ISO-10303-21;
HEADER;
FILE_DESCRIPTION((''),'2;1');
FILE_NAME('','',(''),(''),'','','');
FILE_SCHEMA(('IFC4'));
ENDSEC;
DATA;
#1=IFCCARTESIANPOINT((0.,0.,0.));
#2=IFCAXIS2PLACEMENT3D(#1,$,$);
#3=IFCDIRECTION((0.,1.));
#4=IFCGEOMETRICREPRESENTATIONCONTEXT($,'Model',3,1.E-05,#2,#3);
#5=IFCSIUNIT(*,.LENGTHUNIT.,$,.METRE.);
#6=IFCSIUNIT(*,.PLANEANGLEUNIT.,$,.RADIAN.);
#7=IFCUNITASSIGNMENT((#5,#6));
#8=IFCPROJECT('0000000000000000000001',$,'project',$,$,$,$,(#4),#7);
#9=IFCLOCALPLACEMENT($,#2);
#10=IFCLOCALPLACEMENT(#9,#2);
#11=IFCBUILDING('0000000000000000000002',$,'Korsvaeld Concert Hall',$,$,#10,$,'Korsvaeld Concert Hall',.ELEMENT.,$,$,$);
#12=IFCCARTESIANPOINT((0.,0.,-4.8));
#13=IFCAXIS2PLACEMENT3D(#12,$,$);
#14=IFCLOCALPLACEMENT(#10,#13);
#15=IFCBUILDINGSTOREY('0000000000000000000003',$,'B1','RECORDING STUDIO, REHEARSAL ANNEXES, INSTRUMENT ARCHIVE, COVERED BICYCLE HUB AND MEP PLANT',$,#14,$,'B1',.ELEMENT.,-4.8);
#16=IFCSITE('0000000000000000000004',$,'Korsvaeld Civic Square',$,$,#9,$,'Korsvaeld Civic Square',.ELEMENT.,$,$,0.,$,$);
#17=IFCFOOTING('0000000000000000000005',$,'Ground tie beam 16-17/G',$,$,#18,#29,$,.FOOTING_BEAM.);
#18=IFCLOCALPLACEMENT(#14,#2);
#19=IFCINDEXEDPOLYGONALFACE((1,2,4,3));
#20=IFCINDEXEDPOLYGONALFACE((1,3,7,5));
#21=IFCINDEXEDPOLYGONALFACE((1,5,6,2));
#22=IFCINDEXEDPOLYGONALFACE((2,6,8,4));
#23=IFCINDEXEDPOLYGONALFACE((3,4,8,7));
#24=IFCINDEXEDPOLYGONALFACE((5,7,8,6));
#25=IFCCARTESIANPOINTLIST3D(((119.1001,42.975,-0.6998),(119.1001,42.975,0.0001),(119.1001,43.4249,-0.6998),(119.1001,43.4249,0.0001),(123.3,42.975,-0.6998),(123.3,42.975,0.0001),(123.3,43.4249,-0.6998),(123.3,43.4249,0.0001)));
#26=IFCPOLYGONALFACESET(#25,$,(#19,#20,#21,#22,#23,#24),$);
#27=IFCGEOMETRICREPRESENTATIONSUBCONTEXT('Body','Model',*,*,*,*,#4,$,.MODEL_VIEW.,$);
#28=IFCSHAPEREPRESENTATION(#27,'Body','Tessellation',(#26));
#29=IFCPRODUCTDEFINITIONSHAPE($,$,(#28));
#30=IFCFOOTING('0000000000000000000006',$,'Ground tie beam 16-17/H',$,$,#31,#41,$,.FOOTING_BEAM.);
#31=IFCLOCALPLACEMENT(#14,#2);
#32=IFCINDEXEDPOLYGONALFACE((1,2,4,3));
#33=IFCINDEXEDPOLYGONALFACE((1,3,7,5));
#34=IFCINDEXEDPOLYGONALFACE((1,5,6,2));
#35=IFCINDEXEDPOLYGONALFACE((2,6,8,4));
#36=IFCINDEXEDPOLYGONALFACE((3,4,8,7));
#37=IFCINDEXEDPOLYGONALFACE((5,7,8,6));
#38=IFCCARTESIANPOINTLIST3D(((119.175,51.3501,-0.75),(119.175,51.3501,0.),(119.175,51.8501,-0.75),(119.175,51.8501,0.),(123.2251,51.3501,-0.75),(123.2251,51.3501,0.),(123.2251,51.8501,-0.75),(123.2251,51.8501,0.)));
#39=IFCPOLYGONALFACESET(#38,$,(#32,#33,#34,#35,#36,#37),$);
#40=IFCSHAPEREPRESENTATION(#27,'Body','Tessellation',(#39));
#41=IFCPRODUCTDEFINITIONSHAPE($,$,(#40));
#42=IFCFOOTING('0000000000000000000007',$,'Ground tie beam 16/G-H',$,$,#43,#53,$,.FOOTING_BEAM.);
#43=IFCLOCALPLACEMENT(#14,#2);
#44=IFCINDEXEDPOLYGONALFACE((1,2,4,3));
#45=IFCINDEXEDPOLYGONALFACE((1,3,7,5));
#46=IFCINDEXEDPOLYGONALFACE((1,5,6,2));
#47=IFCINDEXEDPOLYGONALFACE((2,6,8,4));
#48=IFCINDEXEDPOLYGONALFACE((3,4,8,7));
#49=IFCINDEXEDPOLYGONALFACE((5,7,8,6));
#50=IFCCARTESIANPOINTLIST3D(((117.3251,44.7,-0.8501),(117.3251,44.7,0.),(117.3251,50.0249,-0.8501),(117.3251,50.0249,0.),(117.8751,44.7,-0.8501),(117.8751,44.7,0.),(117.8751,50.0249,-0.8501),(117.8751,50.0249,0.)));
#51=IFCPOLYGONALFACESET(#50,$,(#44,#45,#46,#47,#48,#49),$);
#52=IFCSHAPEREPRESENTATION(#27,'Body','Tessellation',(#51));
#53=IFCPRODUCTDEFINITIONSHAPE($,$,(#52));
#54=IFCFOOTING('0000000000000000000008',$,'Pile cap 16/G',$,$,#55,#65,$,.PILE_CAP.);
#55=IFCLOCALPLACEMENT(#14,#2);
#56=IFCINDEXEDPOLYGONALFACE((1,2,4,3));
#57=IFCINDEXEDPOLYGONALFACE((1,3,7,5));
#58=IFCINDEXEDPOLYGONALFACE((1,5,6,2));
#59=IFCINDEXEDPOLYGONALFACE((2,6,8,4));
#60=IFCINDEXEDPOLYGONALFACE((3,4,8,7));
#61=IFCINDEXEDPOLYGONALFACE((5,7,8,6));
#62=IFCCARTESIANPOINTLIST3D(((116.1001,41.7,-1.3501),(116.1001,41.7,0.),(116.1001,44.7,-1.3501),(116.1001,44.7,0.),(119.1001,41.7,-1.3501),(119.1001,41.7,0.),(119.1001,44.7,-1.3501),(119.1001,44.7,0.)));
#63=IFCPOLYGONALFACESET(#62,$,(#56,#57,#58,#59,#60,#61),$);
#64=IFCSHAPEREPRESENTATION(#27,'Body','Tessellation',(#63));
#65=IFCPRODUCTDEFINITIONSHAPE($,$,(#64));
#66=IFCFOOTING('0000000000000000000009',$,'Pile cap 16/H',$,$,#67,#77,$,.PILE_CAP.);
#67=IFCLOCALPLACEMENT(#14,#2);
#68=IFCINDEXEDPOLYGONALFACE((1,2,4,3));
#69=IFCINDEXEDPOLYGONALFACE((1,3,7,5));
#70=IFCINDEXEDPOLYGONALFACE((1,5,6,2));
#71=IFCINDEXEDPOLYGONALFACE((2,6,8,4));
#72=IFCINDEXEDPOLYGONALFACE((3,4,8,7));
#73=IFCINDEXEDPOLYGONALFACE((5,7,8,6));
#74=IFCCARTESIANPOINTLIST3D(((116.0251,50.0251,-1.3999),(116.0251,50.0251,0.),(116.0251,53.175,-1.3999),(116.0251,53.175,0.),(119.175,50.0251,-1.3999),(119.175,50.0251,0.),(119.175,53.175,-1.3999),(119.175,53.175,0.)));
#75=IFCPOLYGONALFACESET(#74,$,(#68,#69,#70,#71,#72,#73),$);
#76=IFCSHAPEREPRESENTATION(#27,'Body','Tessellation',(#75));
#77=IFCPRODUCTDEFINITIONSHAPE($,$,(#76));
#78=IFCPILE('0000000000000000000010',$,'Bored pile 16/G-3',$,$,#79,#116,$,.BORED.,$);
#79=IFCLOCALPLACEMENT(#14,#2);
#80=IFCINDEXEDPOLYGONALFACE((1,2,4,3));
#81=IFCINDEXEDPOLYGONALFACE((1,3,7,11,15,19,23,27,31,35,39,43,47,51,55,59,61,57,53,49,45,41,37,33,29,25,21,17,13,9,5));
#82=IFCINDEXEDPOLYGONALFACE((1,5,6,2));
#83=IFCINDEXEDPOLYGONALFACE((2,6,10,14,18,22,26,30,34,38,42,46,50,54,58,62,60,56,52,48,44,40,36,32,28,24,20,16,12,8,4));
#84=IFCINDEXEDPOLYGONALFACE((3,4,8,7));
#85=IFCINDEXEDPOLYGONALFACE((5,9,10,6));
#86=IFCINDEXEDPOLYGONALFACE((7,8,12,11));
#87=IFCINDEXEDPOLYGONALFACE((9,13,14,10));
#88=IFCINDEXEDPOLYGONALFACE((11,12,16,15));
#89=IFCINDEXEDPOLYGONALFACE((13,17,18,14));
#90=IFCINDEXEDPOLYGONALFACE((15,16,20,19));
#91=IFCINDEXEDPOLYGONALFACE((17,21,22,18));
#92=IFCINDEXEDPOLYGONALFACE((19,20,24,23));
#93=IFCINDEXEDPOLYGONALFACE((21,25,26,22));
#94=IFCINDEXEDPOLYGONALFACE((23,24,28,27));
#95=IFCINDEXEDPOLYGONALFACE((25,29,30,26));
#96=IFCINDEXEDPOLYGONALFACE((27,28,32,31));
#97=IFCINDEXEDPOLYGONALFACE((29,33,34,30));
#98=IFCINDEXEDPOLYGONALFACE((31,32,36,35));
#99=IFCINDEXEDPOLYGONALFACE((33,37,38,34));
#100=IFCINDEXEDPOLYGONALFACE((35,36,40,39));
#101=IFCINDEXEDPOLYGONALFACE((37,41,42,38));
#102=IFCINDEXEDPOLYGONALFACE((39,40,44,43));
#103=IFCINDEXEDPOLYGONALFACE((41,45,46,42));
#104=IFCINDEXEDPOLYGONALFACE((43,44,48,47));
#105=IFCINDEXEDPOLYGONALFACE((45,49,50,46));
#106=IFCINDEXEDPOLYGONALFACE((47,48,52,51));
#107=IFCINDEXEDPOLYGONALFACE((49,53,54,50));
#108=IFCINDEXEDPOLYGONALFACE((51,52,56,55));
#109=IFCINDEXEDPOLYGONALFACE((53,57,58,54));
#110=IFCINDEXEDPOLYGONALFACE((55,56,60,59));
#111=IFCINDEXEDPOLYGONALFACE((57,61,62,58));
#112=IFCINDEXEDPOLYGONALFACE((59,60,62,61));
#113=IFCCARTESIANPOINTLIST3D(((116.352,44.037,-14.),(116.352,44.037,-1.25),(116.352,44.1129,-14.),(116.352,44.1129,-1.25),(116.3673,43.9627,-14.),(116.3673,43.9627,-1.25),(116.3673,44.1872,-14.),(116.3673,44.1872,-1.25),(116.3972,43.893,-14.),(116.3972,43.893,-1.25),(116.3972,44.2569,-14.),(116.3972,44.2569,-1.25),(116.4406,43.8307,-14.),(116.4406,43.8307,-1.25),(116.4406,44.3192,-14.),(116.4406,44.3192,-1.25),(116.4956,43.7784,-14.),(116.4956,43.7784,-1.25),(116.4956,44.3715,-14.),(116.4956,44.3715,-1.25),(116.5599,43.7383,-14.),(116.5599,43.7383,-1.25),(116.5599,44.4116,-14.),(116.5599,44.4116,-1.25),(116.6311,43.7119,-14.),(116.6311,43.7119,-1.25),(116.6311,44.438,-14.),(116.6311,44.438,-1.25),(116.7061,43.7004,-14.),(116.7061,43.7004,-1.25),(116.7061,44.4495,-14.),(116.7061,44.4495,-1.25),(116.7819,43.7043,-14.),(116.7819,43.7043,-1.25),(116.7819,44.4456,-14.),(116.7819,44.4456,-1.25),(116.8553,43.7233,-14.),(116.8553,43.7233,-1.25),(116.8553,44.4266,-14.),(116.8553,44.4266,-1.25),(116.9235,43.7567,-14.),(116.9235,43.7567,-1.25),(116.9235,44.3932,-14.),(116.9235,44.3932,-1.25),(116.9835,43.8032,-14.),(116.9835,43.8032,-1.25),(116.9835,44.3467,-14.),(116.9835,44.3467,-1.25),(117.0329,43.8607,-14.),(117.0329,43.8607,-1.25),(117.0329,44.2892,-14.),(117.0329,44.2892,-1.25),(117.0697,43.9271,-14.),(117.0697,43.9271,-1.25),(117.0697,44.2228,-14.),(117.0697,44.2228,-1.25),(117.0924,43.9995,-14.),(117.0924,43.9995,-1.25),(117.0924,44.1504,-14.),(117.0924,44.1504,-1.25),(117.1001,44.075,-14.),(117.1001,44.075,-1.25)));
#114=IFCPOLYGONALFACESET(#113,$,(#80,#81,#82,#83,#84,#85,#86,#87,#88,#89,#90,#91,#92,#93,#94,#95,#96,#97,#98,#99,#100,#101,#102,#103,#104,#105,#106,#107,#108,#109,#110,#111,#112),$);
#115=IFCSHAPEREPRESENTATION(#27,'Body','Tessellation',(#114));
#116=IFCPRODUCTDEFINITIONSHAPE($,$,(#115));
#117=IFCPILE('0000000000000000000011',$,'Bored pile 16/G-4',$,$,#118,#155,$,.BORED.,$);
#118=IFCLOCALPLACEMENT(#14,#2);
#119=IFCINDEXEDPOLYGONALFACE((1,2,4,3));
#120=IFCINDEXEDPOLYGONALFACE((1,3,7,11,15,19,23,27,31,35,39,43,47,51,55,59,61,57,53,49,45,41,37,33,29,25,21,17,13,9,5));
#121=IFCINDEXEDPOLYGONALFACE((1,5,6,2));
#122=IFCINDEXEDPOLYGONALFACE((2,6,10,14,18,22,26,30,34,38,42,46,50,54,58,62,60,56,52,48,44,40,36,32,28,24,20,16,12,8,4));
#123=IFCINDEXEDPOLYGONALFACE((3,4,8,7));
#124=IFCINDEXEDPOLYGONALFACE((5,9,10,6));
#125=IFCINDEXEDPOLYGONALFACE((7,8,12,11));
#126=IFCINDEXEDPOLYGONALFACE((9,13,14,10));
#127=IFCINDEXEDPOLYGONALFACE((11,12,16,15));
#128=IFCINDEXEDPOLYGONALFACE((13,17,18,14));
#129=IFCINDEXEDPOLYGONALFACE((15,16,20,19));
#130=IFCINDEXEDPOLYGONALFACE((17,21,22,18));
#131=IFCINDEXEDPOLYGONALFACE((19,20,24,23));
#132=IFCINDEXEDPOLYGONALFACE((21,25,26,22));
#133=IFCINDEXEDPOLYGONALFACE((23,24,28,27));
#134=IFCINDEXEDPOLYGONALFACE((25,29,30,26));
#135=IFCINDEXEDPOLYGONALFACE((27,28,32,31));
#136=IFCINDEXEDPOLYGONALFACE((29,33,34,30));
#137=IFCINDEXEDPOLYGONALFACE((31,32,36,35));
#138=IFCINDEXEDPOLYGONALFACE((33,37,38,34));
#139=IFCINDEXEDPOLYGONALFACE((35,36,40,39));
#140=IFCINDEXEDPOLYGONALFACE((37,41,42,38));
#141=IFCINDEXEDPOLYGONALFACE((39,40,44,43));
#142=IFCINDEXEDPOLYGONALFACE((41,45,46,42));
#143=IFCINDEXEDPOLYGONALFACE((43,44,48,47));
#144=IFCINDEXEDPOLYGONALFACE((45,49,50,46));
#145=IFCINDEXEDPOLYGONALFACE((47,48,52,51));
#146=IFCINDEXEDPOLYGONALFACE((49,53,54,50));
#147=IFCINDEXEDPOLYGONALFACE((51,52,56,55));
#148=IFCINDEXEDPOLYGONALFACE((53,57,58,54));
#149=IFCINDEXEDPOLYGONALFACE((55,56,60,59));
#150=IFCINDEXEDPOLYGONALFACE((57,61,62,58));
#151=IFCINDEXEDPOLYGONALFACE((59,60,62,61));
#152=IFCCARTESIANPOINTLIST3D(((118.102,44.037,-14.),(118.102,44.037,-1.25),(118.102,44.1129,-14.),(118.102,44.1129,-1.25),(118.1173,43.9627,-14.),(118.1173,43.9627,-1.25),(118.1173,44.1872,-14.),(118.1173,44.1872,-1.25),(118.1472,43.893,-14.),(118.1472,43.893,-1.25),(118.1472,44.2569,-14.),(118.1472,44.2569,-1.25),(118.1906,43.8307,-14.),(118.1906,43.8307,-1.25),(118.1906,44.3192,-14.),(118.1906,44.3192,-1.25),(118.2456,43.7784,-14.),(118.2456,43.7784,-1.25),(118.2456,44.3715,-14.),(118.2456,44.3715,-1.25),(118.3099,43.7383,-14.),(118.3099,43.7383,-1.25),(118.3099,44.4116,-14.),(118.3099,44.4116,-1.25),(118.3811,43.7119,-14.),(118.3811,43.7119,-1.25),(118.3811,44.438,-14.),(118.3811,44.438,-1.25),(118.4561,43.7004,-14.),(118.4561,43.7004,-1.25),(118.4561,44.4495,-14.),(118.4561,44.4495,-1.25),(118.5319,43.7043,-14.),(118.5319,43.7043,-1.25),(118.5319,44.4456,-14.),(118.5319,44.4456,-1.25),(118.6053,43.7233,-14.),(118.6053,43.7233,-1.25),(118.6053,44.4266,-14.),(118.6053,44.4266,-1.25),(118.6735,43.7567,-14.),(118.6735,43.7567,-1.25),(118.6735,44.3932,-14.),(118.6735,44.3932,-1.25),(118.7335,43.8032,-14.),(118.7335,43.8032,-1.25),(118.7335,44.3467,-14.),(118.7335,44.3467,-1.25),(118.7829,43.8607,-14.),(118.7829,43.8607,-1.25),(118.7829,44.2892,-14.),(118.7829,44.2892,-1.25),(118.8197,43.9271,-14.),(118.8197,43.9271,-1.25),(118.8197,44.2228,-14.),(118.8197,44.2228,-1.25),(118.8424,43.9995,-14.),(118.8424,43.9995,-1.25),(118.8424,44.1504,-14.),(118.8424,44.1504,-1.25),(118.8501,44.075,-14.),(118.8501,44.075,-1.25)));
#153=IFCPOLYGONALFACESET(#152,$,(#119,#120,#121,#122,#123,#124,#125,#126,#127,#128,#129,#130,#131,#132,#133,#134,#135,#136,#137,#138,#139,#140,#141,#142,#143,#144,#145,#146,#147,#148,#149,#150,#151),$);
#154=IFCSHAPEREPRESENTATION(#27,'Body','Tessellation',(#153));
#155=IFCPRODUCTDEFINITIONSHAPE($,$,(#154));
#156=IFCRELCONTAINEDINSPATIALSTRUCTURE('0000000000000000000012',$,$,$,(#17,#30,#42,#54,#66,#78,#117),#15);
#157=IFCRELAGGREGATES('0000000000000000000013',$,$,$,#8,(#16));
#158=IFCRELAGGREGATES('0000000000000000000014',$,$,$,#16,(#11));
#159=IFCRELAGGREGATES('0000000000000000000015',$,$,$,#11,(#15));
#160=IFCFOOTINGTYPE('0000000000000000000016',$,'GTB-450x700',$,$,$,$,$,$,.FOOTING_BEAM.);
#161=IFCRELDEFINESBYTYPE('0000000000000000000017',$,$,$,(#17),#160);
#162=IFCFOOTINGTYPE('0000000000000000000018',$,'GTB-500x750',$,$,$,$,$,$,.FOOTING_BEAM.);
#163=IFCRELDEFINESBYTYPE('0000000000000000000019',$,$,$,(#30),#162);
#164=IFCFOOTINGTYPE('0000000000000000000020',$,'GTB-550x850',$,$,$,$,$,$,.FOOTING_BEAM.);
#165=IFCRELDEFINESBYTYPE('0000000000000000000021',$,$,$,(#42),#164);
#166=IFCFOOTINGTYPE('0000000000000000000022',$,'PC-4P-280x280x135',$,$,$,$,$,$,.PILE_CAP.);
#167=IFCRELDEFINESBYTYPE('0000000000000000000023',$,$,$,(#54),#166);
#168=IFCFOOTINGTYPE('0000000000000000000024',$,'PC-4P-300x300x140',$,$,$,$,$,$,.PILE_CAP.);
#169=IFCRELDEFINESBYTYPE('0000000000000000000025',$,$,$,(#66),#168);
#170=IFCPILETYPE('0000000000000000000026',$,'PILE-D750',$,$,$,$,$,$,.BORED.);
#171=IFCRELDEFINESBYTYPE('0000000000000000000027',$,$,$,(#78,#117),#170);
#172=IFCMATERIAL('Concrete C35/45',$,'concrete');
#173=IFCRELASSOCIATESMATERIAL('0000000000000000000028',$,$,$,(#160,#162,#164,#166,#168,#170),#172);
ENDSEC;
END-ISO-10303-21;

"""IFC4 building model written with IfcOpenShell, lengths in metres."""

from ifc_helpers import new_model, si_unit, direction, frame, origin, origin_2d, place, context, subcontext, project, spatial, rectangle, circle, extrude, material, material_profile, profile_set, type_object, element, save


model = new_model("IFC4")

# Units and contexts
model_context = context("Model", 3, precision=1e-05, world=origin(), true_north=direction((0.0, 1.0)))
body_context = subcontext(model_context, "Body", "Model", "MODEL_VIEW")
ifc_project = project(units=[si_unit("LENGTHUNIT", "METRE"), si_unit("PLANEANGLEUNIT", "RADIAN")], contexts=[model_context])

# Site, building, storey
site_placement = place(None, origin())
site = spatial("IfcSite", under=ifc_project, at=site_placement, Name="Korsvaeld Civic Square", LongName="Korsvaeld Civic Square", CompositionType="ELEMENT", RefElevation=0.0)
building_placement = place(site_placement, origin())
building = spatial("IfcBuilding", under=site, at=building_placement, Name="Korsvaeld Concert Hall", LongName="Korsvaeld Concert Hall", CompositionType="ELEMENT")
storey_placement = place(building_placement, frame((0.0, 0.0, -4.8)))
storey = spatial("IfcBuildingStorey", under=building, at=storey_placement, Name="B1", Description="RECORDING STUDIO, REHEARSAL ANNEXES, INSTRUMENT ARCHIVE, COVERED BICYCLE HUB AND MEP PLANT", LongName="B1", CompositionType="ELEMENT", Elevation=-4.8)

# Footings
ifc_material_1 = material(Name="Concrete C35/45", Category="concrete")
ifc_material_profile_1 = material_profile(ifc_material_1, rectangle(XDim=0.45, YDim=0.7, at=origin_2d()), Name="GTB 450x700")
ifc_profile_set_1 = profile_set([ifc_material_profile_1], Name="Concrete C35/45")
footing_type_1 = type_object("IfcFootingType", Name="GTB-450x700", PredefinedType="FOOTING_BEAM", material=ifc_profile_set_1)
footing_1_placement = place(storey_placement, frame((119.1001, 43.2, -0.3499), z_axis=(1.0, 0.0, 0.0), x_axis=(0.0, 1.0, 0.0)))
element("IfcFooting", 1, at=footing_1_placement, inside=storey, type_object=footing_type_1, Name="Ground tie beam 16-17/G", PredefinedType="FOOTING_BEAM", context=body_context, shape_type="SweptSolid", body=[
    extrude(rectangle(XDim=0.45, YDim=0.7, at=origin_2d()), origin(), (0.0, 0.0, 1.0), 4.2),
])
ifc_material_profile_2 = material_profile(ifc_material_1, rectangle(XDim=0.5, YDim=0.75, at=origin_2d()), Name="GTB 500x750")
ifc_profile_set_2 = profile_set([ifc_material_profile_2], Name="Concrete C35/45")
footing_type_2 = type_object("IfcFootingType", Name="GTB-500x750", PredefinedType="FOOTING_BEAM", material=ifc_profile_set_2)
footing_2_placement = place(storey_placement, frame((119.175, 51.6001, -0.375), z_axis=(1.0, 0.0, 0.0), x_axis=(0.0, 1.0, 0.0)))
element("IfcFooting", 2, at=footing_2_placement, inside=storey, type_object=footing_type_2, Name="Ground tie beam 16-17/H", PredefinedType="FOOTING_BEAM", context=body_context, shape_type="SweptSolid", body=[
    extrude(rectangle(XDim=0.5, YDim=0.75, at=origin_2d()), origin(), (0.0, 0.0, 1.0), 4.05),
])
ifc_material_profile_3 = material_profile(ifc_material_1, rectangle(XDim=0.55, YDim=0.8501, at=origin_2d()), Name="GTB 550x850")
ifc_profile_set_3 = profile_set([ifc_material_profile_3], Name="Concrete C35/45")
footing_type_3 = type_object("IfcFootingType", Name="GTB-550x850", PredefinedType="FOOTING_BEAM", material=ifc_profile_set_3)
footing_3_placement = place(storey_placement, frame((117.6001, 44.7, -0.425), z_axis=(0.0, 1.0, 0.0), x_axis=(-1.0, 0.0, 0.0)))
element("IfcFooting", 3, at=footing_3_placement, inside=storey, type_object=footing_type_3, Name="Ground tie beam 16/G-H", PredefinedType="FOOTING_BEAM", context=body_context, shape_type="SweptSolid", body=[
    extrude(rectangle(XDim=0.55, YDim=0.8501, at=origin_2d()), origin(), (0.0, 0.0, 1.0), 5.325),
])
footing_type_4 = type_object("IfcFootingType", Name="PC-4P-280x280x135", PredefinedType="PILE_CAP", material=ifc_material_1)
footing_4_placement = place(storey_placement, frame((117.6001, 43.2, -1.3501), z_axis=(0.0, 0.0, 1.0), x_axis=(1.0, 0.0, 0.0)))
element("IfcFooting", 4, at=footing_4_placement, inside=storey, type_object=footing_type_4, Name="Pile cap 16/G", PredefinedType="PILE_CAP", context=body_context, shape_type="SweptSolid", body=[
    extrude(rectangle(XDim=3.0, YDim=3.0, at=origin_2d()), origin(), (0.0, 0.0, 1.0), 1.3501),
])
footing_type_5 = type_object("IfcFootingType", Name="PC-4P-300x300x140", PredefinedType="PILE_CAP", material=ifc_material_1)
footing_5_placement = place(storey_placement, frame((117.6001, 51.6001, -1.3999), z_axis=(0.0, 0.0, 1.0), x_axis=(1.0, 0.0, 0.0)))
element("IfcFooting", 5, at=footing_5_placement, inside=storey, type_object=footing_type_5, Name="Pile cap 16/H", PredefinedType="PILE_CAP", context=body_context, shape_type="SweptSolid", body=[
    extrude(rectangle(XDim=3.1499, YDim=3.1499, at=origin_2d()), origin(), (0.0, 0.0, 1.0), 1.3999),
])

# Piles
ifc_material_profile_4 = material_profile(ifc_material_1, circle(Radius=0.375, at=origin_2d()), Name="BORED PILE D750")
ifc_profile_set_4 = profile_set([ifc_material_profile_4], Name="Concrete C35/45")
pile_type_1 = type_object("IfcPileType", Name="PILE-D750", PredefinedType="BORED", material=ifc_profile_set_4)
for number, where, z_axis, x_axis, name in (
    (6, (116.7251, 44.075, -1.25), (0.0, 0.0, -1.0), (1.0, 0.0, 0.0), "Bored pile 16/G-3"),
    (7, (118.4751, 44.075, -1.25), (0.0, 0.0, -1.0), (1.0, 0.0, 0.0), "Bored pile 16/G-4"),
):
    element("IfcPile", number, at=place(storey_placement, frame(where, z_axis=z_axis, x_axis=x_axis)), inside=storey, type_object=pile_type_1, Name=name, PredefinedType="BORED", context=body_context, shape_type="SweptSolid", body=[
        extrude(circle(Radius=0.375, at=origin_2d()), origin(), (0.0, 0.0, 1.0), 12.75),
    ])

save(model, "model.ifc")
